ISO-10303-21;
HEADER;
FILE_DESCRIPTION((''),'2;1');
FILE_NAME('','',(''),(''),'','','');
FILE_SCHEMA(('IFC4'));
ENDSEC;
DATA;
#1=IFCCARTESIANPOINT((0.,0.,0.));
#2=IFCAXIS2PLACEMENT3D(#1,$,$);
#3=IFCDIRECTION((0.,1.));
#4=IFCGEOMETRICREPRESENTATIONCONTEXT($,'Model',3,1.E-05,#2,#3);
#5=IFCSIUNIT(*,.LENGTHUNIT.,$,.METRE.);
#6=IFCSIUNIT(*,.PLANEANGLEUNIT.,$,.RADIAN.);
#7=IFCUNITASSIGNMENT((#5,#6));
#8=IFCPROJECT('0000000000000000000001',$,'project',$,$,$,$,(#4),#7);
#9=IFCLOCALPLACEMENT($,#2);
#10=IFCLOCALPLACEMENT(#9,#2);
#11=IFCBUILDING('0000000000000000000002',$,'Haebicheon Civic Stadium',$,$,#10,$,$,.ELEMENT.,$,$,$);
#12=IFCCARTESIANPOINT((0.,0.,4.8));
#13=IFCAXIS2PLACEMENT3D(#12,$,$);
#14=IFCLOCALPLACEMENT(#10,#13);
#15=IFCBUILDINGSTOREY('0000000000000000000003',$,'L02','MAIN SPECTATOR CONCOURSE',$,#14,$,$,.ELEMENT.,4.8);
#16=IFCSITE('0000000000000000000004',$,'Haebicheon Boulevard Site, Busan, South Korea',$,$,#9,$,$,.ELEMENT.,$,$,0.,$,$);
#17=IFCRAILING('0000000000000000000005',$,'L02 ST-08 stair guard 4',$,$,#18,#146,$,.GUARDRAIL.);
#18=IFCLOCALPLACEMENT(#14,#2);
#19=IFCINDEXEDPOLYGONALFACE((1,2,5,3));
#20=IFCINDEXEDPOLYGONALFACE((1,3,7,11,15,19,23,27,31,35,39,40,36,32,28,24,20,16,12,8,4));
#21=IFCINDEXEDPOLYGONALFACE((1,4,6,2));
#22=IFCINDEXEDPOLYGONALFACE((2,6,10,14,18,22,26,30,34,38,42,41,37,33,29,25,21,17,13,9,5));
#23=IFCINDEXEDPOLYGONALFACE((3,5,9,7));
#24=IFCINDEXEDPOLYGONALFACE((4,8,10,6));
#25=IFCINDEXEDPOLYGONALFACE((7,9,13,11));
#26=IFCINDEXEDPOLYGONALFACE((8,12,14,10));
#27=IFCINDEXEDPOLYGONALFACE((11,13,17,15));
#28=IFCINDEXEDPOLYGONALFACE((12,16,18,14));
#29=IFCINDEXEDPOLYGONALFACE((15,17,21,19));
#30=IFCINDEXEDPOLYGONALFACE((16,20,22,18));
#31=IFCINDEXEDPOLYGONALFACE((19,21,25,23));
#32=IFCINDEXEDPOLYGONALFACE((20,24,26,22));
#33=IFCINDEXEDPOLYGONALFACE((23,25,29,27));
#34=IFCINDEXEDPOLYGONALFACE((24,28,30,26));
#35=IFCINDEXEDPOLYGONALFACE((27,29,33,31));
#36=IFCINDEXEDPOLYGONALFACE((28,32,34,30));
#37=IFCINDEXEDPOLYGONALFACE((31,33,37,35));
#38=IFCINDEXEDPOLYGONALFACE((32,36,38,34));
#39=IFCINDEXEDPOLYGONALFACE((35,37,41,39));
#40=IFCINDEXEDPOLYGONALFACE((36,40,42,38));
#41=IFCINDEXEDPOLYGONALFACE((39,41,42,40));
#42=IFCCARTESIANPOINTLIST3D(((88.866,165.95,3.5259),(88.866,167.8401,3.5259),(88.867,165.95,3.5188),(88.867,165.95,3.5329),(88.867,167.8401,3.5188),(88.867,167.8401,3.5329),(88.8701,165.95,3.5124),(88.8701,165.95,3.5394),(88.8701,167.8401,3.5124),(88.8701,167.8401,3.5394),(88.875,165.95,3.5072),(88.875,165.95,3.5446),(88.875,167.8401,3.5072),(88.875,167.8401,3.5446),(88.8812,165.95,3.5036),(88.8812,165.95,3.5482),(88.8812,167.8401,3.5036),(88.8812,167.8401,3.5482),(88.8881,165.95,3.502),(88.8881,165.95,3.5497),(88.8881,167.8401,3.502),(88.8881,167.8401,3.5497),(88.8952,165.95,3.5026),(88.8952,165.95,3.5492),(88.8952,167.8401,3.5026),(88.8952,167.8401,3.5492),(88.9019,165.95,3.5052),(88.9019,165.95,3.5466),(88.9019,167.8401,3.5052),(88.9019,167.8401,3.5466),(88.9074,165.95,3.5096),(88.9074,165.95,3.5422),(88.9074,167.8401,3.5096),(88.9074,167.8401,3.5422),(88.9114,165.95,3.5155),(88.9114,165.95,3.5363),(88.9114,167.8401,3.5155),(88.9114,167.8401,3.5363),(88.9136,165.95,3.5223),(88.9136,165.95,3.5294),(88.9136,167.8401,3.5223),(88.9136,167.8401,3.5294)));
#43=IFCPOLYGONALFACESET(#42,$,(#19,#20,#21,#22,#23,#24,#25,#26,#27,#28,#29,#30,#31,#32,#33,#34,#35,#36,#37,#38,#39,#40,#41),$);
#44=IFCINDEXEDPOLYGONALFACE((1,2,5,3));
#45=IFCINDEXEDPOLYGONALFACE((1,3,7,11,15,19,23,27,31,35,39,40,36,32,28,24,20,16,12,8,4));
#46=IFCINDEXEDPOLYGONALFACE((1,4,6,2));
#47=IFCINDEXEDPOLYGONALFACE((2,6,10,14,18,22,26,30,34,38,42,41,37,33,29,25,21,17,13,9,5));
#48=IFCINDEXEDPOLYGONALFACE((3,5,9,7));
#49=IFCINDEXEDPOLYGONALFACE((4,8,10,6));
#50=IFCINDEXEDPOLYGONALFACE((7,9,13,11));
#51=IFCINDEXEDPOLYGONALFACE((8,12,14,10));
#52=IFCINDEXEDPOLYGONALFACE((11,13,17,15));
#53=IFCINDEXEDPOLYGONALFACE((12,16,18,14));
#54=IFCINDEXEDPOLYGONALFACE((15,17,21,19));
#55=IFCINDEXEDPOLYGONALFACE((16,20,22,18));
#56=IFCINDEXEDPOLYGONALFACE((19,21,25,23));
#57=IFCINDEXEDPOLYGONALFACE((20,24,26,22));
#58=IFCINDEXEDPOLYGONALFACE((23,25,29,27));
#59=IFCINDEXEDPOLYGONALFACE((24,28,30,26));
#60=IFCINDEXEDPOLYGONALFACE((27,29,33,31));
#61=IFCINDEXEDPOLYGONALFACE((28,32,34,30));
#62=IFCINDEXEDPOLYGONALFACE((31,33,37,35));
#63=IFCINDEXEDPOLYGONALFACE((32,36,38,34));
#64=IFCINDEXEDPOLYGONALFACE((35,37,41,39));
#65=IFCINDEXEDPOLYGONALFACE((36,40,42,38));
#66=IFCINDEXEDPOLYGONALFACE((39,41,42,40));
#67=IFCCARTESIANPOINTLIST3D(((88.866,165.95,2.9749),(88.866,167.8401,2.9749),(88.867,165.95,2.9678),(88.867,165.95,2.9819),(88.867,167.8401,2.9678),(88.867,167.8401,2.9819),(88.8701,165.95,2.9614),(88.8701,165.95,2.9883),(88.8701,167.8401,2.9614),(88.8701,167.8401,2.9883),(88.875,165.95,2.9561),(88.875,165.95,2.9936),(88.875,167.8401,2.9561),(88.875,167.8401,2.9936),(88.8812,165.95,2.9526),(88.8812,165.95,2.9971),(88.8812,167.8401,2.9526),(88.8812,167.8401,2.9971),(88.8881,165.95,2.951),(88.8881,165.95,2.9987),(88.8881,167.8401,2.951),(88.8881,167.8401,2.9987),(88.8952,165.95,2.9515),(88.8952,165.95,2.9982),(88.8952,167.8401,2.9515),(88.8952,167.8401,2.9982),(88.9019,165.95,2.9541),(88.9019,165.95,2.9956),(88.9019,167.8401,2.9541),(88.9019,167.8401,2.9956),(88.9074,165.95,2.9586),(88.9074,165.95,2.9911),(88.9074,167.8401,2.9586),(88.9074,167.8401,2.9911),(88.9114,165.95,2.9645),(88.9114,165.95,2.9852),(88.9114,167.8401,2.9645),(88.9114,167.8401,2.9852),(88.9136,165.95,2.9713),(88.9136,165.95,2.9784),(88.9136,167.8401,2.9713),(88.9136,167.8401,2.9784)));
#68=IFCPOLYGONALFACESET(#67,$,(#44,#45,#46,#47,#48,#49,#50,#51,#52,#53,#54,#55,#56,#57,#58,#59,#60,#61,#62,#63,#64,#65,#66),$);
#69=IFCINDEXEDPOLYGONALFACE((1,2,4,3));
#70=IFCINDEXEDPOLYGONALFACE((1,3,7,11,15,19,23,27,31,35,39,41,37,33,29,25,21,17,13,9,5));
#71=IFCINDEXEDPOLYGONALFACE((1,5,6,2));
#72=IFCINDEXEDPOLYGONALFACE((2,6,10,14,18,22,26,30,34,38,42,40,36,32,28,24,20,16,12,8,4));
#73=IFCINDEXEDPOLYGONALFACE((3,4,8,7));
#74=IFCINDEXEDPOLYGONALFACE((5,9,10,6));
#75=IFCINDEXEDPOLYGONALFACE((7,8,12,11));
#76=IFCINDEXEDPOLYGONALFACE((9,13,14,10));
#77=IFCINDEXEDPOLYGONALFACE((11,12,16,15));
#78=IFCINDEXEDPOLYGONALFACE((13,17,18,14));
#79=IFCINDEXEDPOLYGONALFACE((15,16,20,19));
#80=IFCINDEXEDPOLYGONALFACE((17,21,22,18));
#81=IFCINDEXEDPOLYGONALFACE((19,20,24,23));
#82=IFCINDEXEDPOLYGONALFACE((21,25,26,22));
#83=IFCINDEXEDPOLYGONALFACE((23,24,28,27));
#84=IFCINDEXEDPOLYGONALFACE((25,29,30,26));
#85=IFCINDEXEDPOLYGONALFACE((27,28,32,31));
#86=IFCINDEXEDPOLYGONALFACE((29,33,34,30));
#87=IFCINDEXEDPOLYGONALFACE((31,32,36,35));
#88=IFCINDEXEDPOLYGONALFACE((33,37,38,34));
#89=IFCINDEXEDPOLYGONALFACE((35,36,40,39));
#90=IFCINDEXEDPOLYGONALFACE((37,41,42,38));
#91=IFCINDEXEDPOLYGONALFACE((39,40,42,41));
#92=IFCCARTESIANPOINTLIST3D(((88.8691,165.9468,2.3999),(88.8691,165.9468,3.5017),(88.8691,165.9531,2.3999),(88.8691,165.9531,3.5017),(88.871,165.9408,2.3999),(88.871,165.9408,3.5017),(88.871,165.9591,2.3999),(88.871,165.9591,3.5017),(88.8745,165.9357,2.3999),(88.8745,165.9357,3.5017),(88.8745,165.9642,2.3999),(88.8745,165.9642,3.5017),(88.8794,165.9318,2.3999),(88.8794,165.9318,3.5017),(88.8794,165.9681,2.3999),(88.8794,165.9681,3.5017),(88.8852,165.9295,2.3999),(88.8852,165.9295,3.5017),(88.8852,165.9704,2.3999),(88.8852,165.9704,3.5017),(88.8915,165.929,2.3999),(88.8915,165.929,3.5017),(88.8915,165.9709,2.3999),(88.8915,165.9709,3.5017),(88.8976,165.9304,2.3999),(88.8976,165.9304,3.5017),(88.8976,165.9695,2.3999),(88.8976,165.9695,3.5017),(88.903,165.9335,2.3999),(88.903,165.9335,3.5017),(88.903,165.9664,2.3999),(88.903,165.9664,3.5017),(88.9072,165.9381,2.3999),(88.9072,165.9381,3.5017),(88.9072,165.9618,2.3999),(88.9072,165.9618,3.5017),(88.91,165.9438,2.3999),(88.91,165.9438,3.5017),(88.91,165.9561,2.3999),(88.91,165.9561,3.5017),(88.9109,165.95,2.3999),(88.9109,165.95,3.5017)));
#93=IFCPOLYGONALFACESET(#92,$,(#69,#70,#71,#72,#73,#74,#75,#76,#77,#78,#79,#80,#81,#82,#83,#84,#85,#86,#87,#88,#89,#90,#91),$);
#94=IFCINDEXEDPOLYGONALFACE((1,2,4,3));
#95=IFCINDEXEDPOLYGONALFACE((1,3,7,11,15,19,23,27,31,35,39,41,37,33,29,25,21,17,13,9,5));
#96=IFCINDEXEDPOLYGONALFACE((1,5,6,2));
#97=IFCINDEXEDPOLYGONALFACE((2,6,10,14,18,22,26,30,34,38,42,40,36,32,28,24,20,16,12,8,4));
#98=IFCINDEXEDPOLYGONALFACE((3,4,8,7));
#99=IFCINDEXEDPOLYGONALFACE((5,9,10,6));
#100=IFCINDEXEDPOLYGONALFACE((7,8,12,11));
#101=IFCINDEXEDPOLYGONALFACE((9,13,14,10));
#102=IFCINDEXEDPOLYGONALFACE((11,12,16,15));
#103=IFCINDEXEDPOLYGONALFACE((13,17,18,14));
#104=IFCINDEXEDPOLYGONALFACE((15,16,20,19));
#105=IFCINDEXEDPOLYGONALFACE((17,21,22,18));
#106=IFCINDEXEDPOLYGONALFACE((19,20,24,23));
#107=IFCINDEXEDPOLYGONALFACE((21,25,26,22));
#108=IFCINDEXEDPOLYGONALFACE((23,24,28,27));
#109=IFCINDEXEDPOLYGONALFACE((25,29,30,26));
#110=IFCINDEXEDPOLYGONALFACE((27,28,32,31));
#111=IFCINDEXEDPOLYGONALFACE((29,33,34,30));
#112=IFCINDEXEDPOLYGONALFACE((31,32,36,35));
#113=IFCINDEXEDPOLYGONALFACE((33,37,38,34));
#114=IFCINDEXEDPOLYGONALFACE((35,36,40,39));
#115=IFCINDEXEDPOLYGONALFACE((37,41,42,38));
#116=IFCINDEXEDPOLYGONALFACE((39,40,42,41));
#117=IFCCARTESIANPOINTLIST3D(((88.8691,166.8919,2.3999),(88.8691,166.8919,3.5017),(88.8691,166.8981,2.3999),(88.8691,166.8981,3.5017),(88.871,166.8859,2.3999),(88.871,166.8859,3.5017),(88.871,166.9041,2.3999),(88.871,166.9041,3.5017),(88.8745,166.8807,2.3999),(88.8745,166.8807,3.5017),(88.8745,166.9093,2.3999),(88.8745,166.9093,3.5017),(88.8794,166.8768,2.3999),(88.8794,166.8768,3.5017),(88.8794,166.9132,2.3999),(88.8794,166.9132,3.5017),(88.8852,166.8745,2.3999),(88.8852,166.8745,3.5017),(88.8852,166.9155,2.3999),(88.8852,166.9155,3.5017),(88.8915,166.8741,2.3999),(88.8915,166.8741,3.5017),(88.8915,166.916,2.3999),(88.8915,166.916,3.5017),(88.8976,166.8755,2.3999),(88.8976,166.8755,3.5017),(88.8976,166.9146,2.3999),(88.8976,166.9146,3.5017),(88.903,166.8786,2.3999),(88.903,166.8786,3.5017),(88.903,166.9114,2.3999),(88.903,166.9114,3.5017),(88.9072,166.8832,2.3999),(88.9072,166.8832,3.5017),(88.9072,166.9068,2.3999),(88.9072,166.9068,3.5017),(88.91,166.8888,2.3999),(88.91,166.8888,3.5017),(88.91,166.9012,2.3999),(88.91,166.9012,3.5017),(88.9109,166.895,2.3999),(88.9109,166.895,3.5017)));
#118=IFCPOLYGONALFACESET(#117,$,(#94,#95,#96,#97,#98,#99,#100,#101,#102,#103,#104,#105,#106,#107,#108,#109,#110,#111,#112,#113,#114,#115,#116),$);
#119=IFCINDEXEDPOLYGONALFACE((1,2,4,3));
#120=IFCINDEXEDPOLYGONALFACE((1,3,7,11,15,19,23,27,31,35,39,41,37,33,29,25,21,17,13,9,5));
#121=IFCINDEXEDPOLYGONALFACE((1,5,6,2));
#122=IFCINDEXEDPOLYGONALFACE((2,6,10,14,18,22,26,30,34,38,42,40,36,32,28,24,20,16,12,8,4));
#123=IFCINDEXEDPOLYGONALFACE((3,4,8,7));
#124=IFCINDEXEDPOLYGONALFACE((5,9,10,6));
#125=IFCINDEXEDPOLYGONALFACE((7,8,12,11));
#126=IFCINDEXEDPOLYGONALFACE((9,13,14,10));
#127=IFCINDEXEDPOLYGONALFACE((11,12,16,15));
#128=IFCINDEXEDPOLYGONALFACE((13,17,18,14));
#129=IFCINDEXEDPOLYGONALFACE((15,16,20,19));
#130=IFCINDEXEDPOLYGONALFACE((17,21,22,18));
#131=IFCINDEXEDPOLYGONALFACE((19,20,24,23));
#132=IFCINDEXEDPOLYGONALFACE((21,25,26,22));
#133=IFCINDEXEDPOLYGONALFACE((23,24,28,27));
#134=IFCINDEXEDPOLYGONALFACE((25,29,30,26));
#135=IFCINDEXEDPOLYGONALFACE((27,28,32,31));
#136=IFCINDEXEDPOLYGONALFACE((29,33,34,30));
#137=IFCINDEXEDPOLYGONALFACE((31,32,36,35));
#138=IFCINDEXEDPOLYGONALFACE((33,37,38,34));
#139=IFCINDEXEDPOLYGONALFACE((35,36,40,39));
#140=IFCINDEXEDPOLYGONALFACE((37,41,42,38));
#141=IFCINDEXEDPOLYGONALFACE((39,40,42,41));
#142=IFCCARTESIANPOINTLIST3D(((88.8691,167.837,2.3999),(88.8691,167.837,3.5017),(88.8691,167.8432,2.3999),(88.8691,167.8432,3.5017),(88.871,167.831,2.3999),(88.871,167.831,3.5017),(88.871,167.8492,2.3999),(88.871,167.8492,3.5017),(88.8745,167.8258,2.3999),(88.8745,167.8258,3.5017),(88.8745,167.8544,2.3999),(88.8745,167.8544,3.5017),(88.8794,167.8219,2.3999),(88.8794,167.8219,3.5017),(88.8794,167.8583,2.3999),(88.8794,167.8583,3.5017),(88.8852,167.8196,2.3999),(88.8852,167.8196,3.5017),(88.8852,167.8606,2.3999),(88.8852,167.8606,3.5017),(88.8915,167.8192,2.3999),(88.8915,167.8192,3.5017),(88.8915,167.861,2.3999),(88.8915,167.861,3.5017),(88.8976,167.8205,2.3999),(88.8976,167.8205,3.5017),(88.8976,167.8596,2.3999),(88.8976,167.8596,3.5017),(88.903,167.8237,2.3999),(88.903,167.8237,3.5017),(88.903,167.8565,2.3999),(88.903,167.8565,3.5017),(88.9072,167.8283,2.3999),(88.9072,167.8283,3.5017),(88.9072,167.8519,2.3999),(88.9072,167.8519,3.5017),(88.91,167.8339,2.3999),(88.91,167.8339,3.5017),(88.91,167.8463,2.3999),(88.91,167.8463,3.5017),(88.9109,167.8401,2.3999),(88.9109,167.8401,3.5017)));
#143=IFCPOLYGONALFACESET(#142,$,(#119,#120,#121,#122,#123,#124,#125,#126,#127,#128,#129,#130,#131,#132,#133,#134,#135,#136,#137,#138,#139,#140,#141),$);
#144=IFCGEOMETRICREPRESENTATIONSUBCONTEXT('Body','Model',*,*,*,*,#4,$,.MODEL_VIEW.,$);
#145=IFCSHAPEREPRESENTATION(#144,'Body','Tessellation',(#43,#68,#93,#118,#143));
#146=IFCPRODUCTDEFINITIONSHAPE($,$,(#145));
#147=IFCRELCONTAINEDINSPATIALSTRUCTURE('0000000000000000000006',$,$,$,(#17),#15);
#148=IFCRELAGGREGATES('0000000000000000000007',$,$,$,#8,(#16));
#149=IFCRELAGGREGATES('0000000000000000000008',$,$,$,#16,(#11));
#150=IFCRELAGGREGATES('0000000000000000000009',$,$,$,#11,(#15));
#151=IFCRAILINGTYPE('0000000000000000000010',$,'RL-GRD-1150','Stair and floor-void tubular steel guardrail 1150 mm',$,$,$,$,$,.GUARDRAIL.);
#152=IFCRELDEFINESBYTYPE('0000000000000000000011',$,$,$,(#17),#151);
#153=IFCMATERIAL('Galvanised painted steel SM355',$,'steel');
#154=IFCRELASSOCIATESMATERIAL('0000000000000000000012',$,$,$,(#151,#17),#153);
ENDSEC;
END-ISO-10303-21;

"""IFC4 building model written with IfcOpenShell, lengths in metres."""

from ifc_helpers import new_model, si_unit, direction, frame, origin, origin_2d, place, context, subcontext, project, spatial, circle, extrude, material, type_object, element, save


model = new_model("IFC4")

# Units and contexts
model_context = context("Model", 3, precision=1e-05, world=origin(), true_north=direction((0.0, 1.0)))
body_context = subcontext(model_context, "Body", "Model", "MODEL_VIEW")
ifc_project = project(units=[si_unit("LENGTHUNIT", "METRE"), si_unit("PLANEANGLEUNIT", "RADIAN")], contexts=[model_context])

# Site, building, storey
site_placement = place(None, origin())
site = spatial("IfcSite", under=ifc_project, at=site_placement, Name="Haebicheon Boulevard Site, Busan, South Korea", CompositionType="ELEMENT", RefElevation=0.0)
building_placement = place(site_placement, origin())
building = spatial("IfcBuilding", under=site, at=building_placement, Name="Haebicheon Civic Stadium", CompositionType="ELEMENT")
storey_placement = place(building_placement, frame((0.0, 0.0, 4.8)))
storey = spatial("IfcBuildingStorey", under=building, at=storey_placement, Name="L02", Description="MAIN SPECTATOR CONCOURSE", CompositionType="ELEMENT", Elevation=4.8)

# Railing
ifc_material_1 = material(Name="Galvanised painted steel SM355", Category="steel")
railing_type_1 = type_object("IfcRailingType", Name="RL-GRD-1150", Description="Stair and floor-void tubular steel guardrail 1150 mm", PredefinedType="GUARDRAIL", material=ifc_material_1)
for number, where, name in (
    (1, (88.8899, 165.95, 2.3999), "L02 ST-08 stair guard 4"),
):
    element("IfcRailing", number, at=place(storey_placement, frame(where)), inside=storey, type_object=railing_type_1, material=ifc_material_1, Name=name, PredefinedType="GUARDRAIL", context=body_context, shape_type="SweptSolid", body=[
        extrude(circle(Radius=0.0239, at=origin_2d()), frame((0.0, 0.0, 1.126), z_axis=(0.0, 1.0, 0.0), x_axis=(-1.0, 0.0, 0.0)), (0.0, 0.0, 1.0), 1.8901),
        extrude(circle(Radius=0.0239, at=origin_2d()), frame((0.0, 0.0, 0.575), z_axis=(0.0, 1.0, 0.0), x_axis=(-1.0, 0.0, 0.0)), (0.0, 0.0, 1.0), 1.8901),
        extrude(circle(Radius=0.021, at=origin_2d()), origin(), (0.0, 0.0, 1.0), 1.1018),
        extrude(circle(Radius=0.021, at=origin_2d()), frame((0.0, 0.9451, 0.0)), (0.0, 0.0, 1.0), 1.1018),
        extrude(circle(Radius=0.021, at=origin_2d()), frame((0.0, 1.8901, 0.0)), (0.0, 0.0, 1.0), 1.1018),
    ])

save(model, "model.ifc")
